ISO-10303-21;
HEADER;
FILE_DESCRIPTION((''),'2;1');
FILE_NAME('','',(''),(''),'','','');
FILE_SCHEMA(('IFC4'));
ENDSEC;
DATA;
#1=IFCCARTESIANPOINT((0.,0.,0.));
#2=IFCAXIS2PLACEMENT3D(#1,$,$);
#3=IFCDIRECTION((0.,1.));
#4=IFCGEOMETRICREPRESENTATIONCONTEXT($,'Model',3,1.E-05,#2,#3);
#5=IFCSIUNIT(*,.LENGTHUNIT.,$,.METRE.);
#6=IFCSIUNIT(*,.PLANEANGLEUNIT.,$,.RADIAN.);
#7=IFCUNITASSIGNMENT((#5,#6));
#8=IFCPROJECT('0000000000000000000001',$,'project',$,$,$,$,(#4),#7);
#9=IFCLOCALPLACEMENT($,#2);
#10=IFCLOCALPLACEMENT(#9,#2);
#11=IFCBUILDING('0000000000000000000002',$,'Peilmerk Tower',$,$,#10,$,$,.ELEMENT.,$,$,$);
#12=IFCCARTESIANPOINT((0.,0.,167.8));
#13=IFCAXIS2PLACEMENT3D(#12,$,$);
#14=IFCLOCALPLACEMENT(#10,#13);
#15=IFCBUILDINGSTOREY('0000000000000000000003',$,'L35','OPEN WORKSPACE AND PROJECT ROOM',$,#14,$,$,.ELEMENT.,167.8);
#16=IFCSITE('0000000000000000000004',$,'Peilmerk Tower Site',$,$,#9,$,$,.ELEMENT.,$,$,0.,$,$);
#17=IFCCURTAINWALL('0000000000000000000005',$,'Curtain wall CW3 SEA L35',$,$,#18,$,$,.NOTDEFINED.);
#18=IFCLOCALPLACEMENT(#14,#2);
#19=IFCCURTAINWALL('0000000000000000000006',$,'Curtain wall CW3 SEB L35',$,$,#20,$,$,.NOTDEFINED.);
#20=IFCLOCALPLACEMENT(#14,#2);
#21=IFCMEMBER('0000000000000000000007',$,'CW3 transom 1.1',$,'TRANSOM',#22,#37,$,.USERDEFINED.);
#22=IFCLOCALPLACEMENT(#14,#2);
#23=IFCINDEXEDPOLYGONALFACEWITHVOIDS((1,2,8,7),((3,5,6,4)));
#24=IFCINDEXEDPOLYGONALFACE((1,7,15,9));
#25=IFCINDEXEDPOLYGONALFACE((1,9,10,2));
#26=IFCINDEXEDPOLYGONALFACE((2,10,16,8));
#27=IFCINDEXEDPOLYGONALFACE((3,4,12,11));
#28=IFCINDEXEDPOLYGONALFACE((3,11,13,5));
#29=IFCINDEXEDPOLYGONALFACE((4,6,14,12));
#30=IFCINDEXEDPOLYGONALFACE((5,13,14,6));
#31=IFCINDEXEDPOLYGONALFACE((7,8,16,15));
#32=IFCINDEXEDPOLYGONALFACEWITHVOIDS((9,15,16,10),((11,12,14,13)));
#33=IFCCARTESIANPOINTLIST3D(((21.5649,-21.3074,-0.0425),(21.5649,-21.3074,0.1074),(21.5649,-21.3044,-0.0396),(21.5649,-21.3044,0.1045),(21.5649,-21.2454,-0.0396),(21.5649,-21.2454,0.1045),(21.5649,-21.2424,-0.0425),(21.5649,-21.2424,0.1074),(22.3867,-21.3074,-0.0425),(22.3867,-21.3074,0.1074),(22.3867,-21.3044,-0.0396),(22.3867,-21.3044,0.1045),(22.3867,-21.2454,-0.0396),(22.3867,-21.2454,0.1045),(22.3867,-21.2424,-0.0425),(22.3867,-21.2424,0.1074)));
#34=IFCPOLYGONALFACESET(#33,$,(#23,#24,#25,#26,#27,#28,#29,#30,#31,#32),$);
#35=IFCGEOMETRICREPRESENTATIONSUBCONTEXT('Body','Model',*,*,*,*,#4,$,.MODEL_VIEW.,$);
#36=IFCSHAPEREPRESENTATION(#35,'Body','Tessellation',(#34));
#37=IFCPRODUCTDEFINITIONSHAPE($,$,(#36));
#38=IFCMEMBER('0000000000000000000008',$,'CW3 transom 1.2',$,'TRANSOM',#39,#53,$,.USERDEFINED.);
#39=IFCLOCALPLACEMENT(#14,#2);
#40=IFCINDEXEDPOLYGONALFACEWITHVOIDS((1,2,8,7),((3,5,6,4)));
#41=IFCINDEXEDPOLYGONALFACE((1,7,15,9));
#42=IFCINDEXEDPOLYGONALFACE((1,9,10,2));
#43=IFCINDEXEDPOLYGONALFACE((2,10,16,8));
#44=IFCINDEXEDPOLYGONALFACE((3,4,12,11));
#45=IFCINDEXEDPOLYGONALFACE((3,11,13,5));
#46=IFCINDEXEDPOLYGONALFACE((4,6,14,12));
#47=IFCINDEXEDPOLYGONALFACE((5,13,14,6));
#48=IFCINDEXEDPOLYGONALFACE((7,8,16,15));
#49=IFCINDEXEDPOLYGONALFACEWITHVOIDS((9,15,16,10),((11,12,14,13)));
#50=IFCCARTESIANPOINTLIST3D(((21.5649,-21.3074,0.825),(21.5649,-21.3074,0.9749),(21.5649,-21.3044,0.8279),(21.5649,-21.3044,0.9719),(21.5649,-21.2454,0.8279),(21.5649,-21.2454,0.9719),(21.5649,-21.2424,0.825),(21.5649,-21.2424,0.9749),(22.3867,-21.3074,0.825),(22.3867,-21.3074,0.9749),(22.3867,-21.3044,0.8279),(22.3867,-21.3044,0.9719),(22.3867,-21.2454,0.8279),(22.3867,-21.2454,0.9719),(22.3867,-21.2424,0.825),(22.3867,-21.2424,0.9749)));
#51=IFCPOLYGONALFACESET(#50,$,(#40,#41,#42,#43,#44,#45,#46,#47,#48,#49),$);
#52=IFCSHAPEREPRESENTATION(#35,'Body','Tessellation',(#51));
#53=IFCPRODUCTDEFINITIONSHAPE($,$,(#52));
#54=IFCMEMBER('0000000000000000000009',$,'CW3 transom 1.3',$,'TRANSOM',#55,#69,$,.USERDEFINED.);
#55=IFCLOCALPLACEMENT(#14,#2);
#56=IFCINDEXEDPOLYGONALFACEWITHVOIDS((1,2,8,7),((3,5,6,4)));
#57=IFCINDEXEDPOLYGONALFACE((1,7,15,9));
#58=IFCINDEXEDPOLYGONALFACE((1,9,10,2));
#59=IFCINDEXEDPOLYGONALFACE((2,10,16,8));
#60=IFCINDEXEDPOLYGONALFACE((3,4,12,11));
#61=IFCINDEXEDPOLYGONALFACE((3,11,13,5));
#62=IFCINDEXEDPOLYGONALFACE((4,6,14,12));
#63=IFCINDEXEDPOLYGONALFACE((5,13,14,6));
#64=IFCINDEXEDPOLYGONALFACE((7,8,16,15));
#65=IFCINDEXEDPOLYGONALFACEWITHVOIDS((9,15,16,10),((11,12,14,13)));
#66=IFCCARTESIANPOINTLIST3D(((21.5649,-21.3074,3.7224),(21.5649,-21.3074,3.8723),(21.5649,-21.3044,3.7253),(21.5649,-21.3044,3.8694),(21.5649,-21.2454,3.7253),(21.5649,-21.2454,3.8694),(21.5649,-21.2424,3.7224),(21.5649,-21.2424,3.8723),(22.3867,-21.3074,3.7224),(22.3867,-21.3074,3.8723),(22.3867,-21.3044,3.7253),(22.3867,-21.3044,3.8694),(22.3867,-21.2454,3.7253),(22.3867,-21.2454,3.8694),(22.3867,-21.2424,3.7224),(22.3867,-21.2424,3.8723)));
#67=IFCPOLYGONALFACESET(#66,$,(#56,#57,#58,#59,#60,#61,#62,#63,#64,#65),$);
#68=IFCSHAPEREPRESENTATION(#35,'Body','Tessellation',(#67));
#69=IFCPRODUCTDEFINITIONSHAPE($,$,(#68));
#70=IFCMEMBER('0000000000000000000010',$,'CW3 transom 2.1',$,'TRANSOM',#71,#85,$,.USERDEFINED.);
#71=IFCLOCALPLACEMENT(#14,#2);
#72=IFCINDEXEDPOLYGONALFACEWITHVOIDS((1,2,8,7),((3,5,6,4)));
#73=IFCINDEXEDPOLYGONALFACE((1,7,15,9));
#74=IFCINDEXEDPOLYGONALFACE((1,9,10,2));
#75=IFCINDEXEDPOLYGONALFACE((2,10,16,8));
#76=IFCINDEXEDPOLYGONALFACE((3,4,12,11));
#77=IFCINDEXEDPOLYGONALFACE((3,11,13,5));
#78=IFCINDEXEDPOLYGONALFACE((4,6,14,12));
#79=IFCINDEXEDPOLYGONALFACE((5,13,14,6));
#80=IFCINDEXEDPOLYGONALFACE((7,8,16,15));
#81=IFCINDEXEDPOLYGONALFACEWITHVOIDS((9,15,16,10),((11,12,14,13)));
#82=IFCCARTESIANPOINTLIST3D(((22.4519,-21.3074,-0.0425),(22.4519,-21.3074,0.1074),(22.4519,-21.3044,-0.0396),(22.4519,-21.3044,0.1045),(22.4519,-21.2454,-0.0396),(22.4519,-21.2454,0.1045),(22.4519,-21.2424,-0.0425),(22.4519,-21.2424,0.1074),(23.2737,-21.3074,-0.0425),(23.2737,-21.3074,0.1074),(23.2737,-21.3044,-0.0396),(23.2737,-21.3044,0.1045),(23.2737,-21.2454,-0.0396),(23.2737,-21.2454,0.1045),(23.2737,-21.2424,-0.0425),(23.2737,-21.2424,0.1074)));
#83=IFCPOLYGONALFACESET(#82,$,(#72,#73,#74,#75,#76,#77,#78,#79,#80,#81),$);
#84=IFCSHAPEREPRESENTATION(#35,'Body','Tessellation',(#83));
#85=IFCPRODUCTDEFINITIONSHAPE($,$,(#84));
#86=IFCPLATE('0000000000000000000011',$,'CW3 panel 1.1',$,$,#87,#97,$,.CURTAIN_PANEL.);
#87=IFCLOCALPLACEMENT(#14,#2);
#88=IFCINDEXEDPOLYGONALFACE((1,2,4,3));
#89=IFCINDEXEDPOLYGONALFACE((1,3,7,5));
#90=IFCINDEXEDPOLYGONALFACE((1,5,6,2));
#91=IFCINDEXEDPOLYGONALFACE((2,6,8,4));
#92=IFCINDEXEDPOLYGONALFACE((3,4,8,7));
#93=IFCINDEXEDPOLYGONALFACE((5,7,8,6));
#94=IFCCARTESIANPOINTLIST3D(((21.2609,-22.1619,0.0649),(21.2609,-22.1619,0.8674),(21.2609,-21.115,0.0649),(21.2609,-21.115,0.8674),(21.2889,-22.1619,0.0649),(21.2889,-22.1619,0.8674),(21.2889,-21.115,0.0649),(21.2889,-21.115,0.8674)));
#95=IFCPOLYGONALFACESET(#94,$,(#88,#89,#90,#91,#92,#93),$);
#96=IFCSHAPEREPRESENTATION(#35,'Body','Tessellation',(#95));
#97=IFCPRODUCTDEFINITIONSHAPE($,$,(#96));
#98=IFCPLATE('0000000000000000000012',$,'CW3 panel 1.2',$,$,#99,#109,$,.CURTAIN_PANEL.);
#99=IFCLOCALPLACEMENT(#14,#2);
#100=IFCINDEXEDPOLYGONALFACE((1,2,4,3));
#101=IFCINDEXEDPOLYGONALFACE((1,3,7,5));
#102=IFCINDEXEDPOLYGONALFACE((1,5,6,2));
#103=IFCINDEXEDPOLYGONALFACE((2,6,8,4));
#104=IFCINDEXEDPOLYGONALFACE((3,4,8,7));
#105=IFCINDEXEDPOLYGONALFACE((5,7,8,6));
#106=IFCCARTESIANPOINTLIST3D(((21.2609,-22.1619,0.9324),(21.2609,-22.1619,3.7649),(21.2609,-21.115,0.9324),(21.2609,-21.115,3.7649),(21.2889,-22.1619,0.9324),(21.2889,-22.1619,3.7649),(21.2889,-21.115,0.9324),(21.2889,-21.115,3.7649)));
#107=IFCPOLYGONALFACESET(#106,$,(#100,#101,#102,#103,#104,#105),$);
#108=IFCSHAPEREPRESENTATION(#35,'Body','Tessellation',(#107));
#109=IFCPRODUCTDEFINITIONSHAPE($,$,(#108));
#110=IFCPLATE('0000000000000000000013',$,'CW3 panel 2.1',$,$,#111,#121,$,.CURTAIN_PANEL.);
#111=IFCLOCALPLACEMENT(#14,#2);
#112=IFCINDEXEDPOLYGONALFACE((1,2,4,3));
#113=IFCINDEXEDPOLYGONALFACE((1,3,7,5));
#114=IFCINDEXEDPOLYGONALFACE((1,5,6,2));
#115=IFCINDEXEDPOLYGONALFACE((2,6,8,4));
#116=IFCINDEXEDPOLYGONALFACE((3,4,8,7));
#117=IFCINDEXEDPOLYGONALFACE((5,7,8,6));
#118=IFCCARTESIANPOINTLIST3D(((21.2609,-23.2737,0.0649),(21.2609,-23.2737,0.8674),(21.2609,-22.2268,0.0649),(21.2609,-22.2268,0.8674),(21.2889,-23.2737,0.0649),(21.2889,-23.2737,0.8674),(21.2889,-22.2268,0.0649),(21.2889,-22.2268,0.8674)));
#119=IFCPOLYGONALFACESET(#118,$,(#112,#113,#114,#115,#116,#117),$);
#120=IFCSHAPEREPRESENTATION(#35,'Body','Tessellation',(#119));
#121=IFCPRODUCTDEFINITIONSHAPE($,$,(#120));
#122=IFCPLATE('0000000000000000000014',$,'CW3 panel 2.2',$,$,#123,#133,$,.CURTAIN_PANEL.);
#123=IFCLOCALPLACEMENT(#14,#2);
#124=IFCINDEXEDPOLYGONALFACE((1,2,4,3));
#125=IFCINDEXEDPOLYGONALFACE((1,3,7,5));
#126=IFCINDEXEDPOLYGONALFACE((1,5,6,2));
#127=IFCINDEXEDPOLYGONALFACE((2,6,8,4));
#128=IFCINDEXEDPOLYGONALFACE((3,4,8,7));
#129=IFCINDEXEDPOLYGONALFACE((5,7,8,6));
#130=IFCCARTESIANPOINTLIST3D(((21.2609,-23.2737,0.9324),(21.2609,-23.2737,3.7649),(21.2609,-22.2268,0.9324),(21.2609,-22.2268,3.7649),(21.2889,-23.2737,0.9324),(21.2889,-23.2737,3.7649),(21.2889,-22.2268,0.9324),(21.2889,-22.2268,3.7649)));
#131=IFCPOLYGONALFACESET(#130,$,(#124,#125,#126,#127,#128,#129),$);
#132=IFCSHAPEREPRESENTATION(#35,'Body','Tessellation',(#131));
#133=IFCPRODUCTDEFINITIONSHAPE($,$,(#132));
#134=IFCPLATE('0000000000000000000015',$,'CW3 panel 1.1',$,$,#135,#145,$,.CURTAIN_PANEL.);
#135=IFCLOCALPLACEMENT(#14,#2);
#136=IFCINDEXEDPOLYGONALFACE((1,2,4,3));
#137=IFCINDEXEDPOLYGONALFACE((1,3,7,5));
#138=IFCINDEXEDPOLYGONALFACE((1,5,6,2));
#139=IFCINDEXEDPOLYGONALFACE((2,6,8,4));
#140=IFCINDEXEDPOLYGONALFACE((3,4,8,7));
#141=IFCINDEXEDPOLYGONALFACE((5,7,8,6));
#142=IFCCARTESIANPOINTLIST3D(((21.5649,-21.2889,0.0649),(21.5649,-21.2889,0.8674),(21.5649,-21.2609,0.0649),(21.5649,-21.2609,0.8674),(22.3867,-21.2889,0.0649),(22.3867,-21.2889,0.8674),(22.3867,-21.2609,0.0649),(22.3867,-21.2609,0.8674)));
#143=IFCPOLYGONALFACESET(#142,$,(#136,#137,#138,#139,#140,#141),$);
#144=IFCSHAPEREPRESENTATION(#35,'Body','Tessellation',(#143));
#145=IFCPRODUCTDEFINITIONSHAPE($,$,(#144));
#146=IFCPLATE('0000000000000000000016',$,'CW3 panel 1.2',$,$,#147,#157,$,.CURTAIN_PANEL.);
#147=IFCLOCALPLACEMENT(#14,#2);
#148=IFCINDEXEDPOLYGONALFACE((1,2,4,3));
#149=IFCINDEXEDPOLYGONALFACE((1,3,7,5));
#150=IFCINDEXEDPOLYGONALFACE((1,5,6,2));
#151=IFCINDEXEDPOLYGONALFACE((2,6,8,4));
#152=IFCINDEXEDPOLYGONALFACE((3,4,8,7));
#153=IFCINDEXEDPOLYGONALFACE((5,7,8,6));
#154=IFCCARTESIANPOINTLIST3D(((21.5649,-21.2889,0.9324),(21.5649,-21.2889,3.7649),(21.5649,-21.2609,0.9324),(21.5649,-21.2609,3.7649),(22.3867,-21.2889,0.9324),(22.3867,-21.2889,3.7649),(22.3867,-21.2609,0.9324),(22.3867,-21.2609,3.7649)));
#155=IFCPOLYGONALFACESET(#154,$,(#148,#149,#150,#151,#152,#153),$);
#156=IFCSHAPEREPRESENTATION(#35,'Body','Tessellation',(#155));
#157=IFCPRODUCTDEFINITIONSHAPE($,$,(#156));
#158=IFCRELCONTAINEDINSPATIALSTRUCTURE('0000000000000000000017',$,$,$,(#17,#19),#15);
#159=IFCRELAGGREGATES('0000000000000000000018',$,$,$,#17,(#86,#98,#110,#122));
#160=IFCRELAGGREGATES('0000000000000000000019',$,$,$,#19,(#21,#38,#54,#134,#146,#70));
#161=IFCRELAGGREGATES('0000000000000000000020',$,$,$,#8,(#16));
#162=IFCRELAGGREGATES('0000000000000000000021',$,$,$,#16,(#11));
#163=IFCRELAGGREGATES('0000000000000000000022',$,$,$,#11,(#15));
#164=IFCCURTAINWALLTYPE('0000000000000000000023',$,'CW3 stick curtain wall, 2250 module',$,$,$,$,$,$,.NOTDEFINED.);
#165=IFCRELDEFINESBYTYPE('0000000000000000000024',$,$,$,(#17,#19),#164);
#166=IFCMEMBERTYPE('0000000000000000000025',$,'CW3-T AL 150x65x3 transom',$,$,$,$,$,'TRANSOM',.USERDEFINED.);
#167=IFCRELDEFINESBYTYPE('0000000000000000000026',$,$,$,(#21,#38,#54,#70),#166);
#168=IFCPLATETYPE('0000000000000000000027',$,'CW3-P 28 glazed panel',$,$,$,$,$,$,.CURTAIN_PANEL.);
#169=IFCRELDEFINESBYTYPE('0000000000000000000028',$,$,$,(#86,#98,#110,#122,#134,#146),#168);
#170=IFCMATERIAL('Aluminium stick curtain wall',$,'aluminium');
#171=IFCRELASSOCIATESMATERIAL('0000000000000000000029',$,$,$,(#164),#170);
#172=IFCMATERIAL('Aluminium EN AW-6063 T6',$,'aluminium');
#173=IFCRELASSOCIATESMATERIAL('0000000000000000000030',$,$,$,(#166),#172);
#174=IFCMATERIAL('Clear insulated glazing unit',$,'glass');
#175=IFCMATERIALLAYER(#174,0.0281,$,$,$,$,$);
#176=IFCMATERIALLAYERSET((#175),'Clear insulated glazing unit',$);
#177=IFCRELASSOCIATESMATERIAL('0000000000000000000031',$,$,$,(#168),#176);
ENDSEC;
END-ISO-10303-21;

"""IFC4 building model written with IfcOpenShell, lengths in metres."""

from ifc_helpers import new_model, si_unit, direction, frame, origin, origin_2d, place, context, subcontext, project, spatial, rectangle, hollow_rectangle, extrude, material, layer, layer_set, material_profile, profile_set, type_object, element, aggregate, save


model = new_model("IFC4")

# Units and contexts
model_context = context("Model", 3, precision=1e-05, world=origin(), true_north=direction((0.0, 1.0)))
body_context = subcontext(model_context, "Body", "Model", "MODEL_VIEW")
ifc_project = project(units=[si_unit("LENGTHUNIT", "METRE"), si_unit("PLANEANGLEUNIT", "RADIAN")], contexts=[model_context])

# Site, building, storey
site_placement = place(None, origin())
site = spatial("IfcSite", under=ifc_project, at=site_placement, Name="Peilmerk Tower Site", CompositionType="ELEMENT", RefElevation=0.0)
building_placement = place(site_placement, origin())
building = spatial("IfcBuilding", under=site, at=building_placement, Name="Peilmerk Tower", CompositionType="ELEMENT")
storey_placement = place(building_placement, frame((0.0, 0.0, 167.8)))
storey = spatial("IfcBuildingStorey", under=building, at=storey_placement, Name="L35", Description="OPEN WORKSPACE AND PROJECT ROOM", CompositionType="ELEMENT", Elevation=167.8)

# Curtain walls
ifc_material_1 = material(Name="Aluminium stick curtain wall", Category="aluminium")
curtain_wall_type = type_object("IfcCurtainWallType", Name="CW3 stick curtain wall, 2250 module", PredefinedType="NOTDEFINED", material=ifc_material_1)
curtain_wall_1_placement = place(storey_placement, origin())
curtain_wall_1 = element("IfcCurtainWall", 1, at=curtain_wall_1_placement, inside=storey, type_object=curtain_wall_type, Name="Curtain wall CW3 SEA L35", PredefinedType="NOTDEFINED")
ifc_material_2 = material(Name="Aluminium EN AW-6063 T6", Category="aluminium")
curtain_wall_2_placement = place(storey_placement, origin())
curtain_wall_2 = element("IfcCurtainWall", 2, at=curtain_wall_2_placement, inside=storey, type_object=curtain_wall_type, Name="Curtain wall CW3 SEB L35", PredefinedType="NOTDEFINED")

# Members
ifc_material_profile_1 = material_profile(ifc_material_2, hollow_rectangle(XDim=0.0649, YDim=0.1499, WallThickness=0.0029, at=origin_2d()), Name="AL 150x65x3")
ifc_profile_set_1 = profile_set([ifc_material_profile_1], Name="Aluminium EN AW-6063 T6")
member_type_1 = type_object("IfcMemberType", Name="CW3-T AL 150x65x3 transom", ElementType="TRANSOM", PredefinedType="USERDEFINED", material=ifc_profile_set_1)
member_1_placement = place(storey_placement, frame((21.5649, -21.2749, 0.0325), z_axis=(1.0, 0.0, 0.0), x_axis=(0.0, 1.0, 0.0)))
member_1 = element("IfcMember", 3, at=member_1_placement, type_object=member_type_1, Name="CW3 transom 1.1", ObjectType="TRANSOM", PredefinedType="USERDEFINED", context=body_context, shape_type="SweptSolid", body=[
    extrude(hollow_rectangle(XDim=0.0649, YDim=0.1499, WallThickness=0.0029, at=origin_2d()), origin(), (0.0, 0.0, 1.0), 0.8218),
])
member_2_placement = place(storey_placement, frame((21.5649, -21.2749, 0.8999), z_axis=(1.0, 0.0, 0.0), x_axis=(0.0, 1.0, 0.0)))
member_2 = element("IfcMember", 4, at=member_2_placement, type_object=member_type_1, Name="CW3 transom 1.2", ObjectType="TRANSOM", PredefinedType="USERDEFINED", context=body_context, shape_type="SweptSolid", body=[
    extrude(hollow_rectangle(XDim=0.0649, YDim=0.1499, WallThickness=0.0029, at=origin_2d()), origin(), (0.0, 0.0, 1.0), 0.8218),
])
member_3_placement = place(storey_placement, frame((21.5649, -21.2749, 3.7974), z_axis=(1.0, 0.0, 0.0), x_axis=(0.0, 1.0, 0.0)))
member_3 = element("IfcMember", 5, at=member_3_placement, type_object=member_type_1, Name="CW3 transom 1.3", ObjectType="TRANSOM", PredefinedType="USERDEFINED", context=body_context, shape_type="SweptSolid", body=[
    extrude(hollow_rectangle(XDim=0.0649, YDim=0.1499, WallThickness=0.0029, at=origin_2d()), origin(), (0.0, 0.0, 1.0), 0.8218),
])
member_4_placement = place(storey_placement, frame((22.4519, -21.2749, 0.0325), z_axis=(1.0, 0.0, 0.0), x_axis=(0.0, 1.0, 0.0)))
member_4 = element("IfcMember", 6, at=member_4_placement, type_object=member_type_1, Name="CW3 transom 2.1", ObjectType="TRANSOM", PredefinedType="USERDEFINED", context=body_context, shape_type="SweptSolid", body=[
    extrude(hollow_rectangle(XDim=0.0649, YDim=0.1499, WallThickness=0.0029, at=origin_2d()), origin(), (0.0, 0.0, 1.0), 0.8218),
])

# Plates
ifc_material_3 = material(Name="Clear insulated glazing unit", Category="glass")
ifc_layer_1 = layer(ifc_material_3, 0.0281)
ifc_layer_set_1 = layer_set([ifc_layer_1], Name="Clear insulated glazing unit")
plate_type = type_object("IfcPlateType", Name="CW3-P 28 glazed panel", PredefinedType="CURTAIN_PANEL", material=ifc_layer_set_1)
plate_1_placement = place(storey_placement, frame((21.2749, -21.6384, 0.0649), z_axis=(0.0, 0.0, 1.0), x_axis=(0.0, -1.0, 0.0)))
plate_1 = element("IfcPlate", 7, at=plate_1_placement, type_object=plate_type, Name="CW3 panel 1.1", PredefinedType="CURTAIN_PANEL", context=body_context, shape_type="SweptSolid", body=[
    extrude(rectangle(XDim=1.0469, YDim=0.0281, at=origin_2d()), origin(), (0.0, 0.0, 1.0), 0.8025),
])
plate_2_placement = place(storey_placement, frame((21.2749, -21.6384, 0.9324), z_axis=(0.0, 0.0, 1.0), x_axis=(0.0, -1.0, 0.0)))
plate_2 = element("IfcPlate", 8, at=plate_2_placement, type_object=plate_type, Name="CW3 panel 1.2", PredefinedType="CURTAIN_PANEL", context=body_context, shape_type="SweptSolid", body=[
    extrude(rectangle(XDim=1.0469, YDim=0.0281, at=origin_2d()), origin(), (0.0, 0.0, 1.0), 2.8325),
])
plate_3_placement = place(storey_placement, frame((21.2749, -22.7502, 0.0649), z_axis=(0.0, 0.0, 1.0), x_axis=(0.0, -1.0, 0.0)))
plate_3 = element("IfcPlate", 9, at=plate_3_placement, type_object=plate_type, Name="CW3 panel 2.1", PredefinedType="CURTAIN_PANEL", context=body_context, shape_type="SweptSolid", body=[
    extrude(rectangle(XDim=1.0469, YDim=0.0281, at=origin_2d()), origin(), (0.0, 0.0, 1.0), 0.8025),
])
plate_4_placement = place(storey_placement, frame((21.2749, -22.7502, 0.9324), z_axis=(0.0, 0.0, 1.0), x_axis=(0.0, -1.0, 0.0)))
plate_4 = element("IfcPlate", 10, at=plate_4_placement, type_object=plate_type, Name="CW3 panel 2.2", PredefinedType="CURTAIN_PANEL", context=body_context, shape_type="SweptSolid", body=[
    extrude(rectangle(XDim=1.0469, YDim=0.0281, at=origin_2d()), origin(), (0.0, 0.0, 1.0), 2.8325),
])
aggregate(curtain_wall_1, [plate_1, plate_2, plate_3, plate_4])
plate_5_placement = place(storey_placement, frame((21.9758, -21.2749, 0.0649), z_axis=(0.0, 0.0, 1.0), x_axis=(1.0, 0.0, 0.0)))
plate_5 = element("IfcPlate", 11, at=plate_5_placement, type_object=plate_type, Name="CW3 panel 1.1", PredefinedType="CURTAIN_PANEL", context=body_context, shape_type="SweptSolid", body=[
    extrude(rectangle(XDim=0.8218, YDim=0.0281, at=origin_2d()), origin(), (0.0, 0.0, 1.0), 0.8025),
])
plate_6_placement = place(storey_placement, frame((21.9758, -21.2749, 0.9324), z_axis=(0.0, 0.0, 1.0), x_axis=(1.0, 0.0, 0.0)))
plate_6 = element("IfcPlate", 12, at=plate_6_placement, type_object=plate_type, Name="CW3 panel 1.2", PredefinedType="CURTAIN_PANEL", context=body_context, shape_type="SweptSolid", body=[
    extrude(rectangle(XDim=0.8218, YDim=0.0281, at=origin_2d()), origin(), (0.0, 0.0, 1.0), 2.8325),
])
aggregate(curtain_wall_2, [member_1, member_2, member_3, plate_5, plate_6, member_4])

save(model, "model.ifc")
